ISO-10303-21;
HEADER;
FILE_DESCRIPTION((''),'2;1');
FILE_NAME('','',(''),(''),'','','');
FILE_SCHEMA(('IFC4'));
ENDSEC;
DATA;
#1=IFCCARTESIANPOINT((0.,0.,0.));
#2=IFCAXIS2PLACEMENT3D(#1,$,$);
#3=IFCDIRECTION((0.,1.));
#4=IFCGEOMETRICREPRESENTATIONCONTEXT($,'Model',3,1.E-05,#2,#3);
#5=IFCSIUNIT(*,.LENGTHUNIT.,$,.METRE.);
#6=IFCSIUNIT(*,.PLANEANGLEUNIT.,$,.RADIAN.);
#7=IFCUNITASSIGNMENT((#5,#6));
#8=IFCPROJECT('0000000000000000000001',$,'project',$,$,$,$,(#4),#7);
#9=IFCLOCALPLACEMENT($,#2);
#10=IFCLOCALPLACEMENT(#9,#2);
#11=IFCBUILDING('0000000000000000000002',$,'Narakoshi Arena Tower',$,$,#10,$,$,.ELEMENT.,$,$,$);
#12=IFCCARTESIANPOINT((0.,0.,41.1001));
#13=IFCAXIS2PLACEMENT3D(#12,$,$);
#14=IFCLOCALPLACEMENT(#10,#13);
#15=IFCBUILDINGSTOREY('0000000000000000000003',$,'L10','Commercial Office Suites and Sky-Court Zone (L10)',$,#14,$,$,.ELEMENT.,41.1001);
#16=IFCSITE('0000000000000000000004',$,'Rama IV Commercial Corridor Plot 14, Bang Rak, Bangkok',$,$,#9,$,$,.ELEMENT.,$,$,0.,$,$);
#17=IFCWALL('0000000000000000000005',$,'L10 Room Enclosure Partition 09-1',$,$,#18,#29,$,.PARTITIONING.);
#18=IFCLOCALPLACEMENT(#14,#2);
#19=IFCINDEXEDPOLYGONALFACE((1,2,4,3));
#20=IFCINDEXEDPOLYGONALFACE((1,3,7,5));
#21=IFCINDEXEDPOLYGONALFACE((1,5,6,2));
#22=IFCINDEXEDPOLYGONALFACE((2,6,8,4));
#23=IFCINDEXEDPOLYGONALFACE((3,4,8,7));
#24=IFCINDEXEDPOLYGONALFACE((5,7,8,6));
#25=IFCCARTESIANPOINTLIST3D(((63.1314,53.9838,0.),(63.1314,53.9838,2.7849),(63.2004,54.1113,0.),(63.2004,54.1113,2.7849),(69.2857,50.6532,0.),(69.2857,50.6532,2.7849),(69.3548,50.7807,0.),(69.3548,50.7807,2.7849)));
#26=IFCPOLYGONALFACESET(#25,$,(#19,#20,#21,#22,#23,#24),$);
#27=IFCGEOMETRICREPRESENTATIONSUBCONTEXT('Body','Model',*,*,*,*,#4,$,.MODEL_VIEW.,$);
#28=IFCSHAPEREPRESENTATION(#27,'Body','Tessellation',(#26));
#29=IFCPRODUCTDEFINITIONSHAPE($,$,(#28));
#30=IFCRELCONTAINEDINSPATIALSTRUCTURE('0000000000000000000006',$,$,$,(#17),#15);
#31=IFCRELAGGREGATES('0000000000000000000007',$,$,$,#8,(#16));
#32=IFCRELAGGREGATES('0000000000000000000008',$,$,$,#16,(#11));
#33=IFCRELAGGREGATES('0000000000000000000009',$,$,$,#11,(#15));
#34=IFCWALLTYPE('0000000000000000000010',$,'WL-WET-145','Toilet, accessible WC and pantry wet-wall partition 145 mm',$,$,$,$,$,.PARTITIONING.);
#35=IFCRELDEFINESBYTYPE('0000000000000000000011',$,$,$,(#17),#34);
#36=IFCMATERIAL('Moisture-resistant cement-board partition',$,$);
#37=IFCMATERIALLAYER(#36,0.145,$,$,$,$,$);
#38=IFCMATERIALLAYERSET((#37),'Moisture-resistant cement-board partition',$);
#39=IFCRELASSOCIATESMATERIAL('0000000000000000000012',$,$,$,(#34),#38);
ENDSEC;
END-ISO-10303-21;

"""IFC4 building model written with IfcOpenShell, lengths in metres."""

from ifc_helpers import new_model, si_unit, direction, frame, frame_2d, origin, place, context, subcontext, project, spatial, rectangle, extrude, material, layer, layer_set, type_object, element, save


model = new_model("IFC4")

# Units and contexts
model_context = context("Model", 3, precision=1e-05, world=origin(), true_north=direction((0.0, 1.0)))
body_context = subcontext(model_context, "Body", "Model", "MODEL_VIEW")
ifc_project = project(units=[si_unit("LENGTHUNIT", "METRE"), si_unit("PLANEANGLEUNIT", "RADIAN")], contexts=[model_context])

# Site, building, storey
site_placement = place(None, origin())
site = spatial("IfcSite", under=ifc_project, at=site_placement, Name="Rama IV Commercial Corridor Plot 14, Bang Rak, Bangkok", CompositionType="ELEMENT", RefElevation=0.0)
building_placement = place(site_placement, origin())
building = spatial("IfcBuilding", under=site, at=building_placement, Name="Narakoshi Arena Tower", CompositionType="ELEMENT")
storey_placement = place(building_placement, frame((0.0, 0.0, 41.1001)))
storey = spatial("IfcBuildingStorey", under=building, at=storey_placement, Name="L10", Description="Commercial Office Suites and Sky-Court Zone (L10)", CompositionType="ELEMENT", Elevation=41.1001)

# Shared definitions
ifc_material_1 = material(Name="Moisture-resistant cement-board partition")
ifc_layer_1 = layer(ifc_material_1, 0.145)
ifc_layer_set_1 = layer_set([ifc_layer_1], Name="Moisture-resistant cement-board partition")
wall_type_1 = type_object("IfcWallType", Name="WL-WET-145", Description="Toilet, accessible WC and pantry wet-wall partition 145 mm", PredefinedType="PARTITIONING", material=ifc_layer_set_1)

# Wall
wall_1_placement = place(storey_placement, frame((63.1658, 54.0476, 0.0), z_axis=(0.0, 0.0, 1.0), x_axis=(0.879472, -0.47595, 0.0)))
element("IfcWall", 1, at=wall_1_placement, inside=storey, type_object=wall_type_1, Name="L10 Room Enclosure Partition 09-1", PredefinedType="PARTITIONING", context=body_context, shape_type="SweptSolid", body=[
    extrude(rectangle(XDim=6.9978, YDim=0.145, at=frame_2d((3.499, 0.0))), origin(), (0.0, 0.0, 1.0), 2.7849),
])

save(model, "model.ifc")
